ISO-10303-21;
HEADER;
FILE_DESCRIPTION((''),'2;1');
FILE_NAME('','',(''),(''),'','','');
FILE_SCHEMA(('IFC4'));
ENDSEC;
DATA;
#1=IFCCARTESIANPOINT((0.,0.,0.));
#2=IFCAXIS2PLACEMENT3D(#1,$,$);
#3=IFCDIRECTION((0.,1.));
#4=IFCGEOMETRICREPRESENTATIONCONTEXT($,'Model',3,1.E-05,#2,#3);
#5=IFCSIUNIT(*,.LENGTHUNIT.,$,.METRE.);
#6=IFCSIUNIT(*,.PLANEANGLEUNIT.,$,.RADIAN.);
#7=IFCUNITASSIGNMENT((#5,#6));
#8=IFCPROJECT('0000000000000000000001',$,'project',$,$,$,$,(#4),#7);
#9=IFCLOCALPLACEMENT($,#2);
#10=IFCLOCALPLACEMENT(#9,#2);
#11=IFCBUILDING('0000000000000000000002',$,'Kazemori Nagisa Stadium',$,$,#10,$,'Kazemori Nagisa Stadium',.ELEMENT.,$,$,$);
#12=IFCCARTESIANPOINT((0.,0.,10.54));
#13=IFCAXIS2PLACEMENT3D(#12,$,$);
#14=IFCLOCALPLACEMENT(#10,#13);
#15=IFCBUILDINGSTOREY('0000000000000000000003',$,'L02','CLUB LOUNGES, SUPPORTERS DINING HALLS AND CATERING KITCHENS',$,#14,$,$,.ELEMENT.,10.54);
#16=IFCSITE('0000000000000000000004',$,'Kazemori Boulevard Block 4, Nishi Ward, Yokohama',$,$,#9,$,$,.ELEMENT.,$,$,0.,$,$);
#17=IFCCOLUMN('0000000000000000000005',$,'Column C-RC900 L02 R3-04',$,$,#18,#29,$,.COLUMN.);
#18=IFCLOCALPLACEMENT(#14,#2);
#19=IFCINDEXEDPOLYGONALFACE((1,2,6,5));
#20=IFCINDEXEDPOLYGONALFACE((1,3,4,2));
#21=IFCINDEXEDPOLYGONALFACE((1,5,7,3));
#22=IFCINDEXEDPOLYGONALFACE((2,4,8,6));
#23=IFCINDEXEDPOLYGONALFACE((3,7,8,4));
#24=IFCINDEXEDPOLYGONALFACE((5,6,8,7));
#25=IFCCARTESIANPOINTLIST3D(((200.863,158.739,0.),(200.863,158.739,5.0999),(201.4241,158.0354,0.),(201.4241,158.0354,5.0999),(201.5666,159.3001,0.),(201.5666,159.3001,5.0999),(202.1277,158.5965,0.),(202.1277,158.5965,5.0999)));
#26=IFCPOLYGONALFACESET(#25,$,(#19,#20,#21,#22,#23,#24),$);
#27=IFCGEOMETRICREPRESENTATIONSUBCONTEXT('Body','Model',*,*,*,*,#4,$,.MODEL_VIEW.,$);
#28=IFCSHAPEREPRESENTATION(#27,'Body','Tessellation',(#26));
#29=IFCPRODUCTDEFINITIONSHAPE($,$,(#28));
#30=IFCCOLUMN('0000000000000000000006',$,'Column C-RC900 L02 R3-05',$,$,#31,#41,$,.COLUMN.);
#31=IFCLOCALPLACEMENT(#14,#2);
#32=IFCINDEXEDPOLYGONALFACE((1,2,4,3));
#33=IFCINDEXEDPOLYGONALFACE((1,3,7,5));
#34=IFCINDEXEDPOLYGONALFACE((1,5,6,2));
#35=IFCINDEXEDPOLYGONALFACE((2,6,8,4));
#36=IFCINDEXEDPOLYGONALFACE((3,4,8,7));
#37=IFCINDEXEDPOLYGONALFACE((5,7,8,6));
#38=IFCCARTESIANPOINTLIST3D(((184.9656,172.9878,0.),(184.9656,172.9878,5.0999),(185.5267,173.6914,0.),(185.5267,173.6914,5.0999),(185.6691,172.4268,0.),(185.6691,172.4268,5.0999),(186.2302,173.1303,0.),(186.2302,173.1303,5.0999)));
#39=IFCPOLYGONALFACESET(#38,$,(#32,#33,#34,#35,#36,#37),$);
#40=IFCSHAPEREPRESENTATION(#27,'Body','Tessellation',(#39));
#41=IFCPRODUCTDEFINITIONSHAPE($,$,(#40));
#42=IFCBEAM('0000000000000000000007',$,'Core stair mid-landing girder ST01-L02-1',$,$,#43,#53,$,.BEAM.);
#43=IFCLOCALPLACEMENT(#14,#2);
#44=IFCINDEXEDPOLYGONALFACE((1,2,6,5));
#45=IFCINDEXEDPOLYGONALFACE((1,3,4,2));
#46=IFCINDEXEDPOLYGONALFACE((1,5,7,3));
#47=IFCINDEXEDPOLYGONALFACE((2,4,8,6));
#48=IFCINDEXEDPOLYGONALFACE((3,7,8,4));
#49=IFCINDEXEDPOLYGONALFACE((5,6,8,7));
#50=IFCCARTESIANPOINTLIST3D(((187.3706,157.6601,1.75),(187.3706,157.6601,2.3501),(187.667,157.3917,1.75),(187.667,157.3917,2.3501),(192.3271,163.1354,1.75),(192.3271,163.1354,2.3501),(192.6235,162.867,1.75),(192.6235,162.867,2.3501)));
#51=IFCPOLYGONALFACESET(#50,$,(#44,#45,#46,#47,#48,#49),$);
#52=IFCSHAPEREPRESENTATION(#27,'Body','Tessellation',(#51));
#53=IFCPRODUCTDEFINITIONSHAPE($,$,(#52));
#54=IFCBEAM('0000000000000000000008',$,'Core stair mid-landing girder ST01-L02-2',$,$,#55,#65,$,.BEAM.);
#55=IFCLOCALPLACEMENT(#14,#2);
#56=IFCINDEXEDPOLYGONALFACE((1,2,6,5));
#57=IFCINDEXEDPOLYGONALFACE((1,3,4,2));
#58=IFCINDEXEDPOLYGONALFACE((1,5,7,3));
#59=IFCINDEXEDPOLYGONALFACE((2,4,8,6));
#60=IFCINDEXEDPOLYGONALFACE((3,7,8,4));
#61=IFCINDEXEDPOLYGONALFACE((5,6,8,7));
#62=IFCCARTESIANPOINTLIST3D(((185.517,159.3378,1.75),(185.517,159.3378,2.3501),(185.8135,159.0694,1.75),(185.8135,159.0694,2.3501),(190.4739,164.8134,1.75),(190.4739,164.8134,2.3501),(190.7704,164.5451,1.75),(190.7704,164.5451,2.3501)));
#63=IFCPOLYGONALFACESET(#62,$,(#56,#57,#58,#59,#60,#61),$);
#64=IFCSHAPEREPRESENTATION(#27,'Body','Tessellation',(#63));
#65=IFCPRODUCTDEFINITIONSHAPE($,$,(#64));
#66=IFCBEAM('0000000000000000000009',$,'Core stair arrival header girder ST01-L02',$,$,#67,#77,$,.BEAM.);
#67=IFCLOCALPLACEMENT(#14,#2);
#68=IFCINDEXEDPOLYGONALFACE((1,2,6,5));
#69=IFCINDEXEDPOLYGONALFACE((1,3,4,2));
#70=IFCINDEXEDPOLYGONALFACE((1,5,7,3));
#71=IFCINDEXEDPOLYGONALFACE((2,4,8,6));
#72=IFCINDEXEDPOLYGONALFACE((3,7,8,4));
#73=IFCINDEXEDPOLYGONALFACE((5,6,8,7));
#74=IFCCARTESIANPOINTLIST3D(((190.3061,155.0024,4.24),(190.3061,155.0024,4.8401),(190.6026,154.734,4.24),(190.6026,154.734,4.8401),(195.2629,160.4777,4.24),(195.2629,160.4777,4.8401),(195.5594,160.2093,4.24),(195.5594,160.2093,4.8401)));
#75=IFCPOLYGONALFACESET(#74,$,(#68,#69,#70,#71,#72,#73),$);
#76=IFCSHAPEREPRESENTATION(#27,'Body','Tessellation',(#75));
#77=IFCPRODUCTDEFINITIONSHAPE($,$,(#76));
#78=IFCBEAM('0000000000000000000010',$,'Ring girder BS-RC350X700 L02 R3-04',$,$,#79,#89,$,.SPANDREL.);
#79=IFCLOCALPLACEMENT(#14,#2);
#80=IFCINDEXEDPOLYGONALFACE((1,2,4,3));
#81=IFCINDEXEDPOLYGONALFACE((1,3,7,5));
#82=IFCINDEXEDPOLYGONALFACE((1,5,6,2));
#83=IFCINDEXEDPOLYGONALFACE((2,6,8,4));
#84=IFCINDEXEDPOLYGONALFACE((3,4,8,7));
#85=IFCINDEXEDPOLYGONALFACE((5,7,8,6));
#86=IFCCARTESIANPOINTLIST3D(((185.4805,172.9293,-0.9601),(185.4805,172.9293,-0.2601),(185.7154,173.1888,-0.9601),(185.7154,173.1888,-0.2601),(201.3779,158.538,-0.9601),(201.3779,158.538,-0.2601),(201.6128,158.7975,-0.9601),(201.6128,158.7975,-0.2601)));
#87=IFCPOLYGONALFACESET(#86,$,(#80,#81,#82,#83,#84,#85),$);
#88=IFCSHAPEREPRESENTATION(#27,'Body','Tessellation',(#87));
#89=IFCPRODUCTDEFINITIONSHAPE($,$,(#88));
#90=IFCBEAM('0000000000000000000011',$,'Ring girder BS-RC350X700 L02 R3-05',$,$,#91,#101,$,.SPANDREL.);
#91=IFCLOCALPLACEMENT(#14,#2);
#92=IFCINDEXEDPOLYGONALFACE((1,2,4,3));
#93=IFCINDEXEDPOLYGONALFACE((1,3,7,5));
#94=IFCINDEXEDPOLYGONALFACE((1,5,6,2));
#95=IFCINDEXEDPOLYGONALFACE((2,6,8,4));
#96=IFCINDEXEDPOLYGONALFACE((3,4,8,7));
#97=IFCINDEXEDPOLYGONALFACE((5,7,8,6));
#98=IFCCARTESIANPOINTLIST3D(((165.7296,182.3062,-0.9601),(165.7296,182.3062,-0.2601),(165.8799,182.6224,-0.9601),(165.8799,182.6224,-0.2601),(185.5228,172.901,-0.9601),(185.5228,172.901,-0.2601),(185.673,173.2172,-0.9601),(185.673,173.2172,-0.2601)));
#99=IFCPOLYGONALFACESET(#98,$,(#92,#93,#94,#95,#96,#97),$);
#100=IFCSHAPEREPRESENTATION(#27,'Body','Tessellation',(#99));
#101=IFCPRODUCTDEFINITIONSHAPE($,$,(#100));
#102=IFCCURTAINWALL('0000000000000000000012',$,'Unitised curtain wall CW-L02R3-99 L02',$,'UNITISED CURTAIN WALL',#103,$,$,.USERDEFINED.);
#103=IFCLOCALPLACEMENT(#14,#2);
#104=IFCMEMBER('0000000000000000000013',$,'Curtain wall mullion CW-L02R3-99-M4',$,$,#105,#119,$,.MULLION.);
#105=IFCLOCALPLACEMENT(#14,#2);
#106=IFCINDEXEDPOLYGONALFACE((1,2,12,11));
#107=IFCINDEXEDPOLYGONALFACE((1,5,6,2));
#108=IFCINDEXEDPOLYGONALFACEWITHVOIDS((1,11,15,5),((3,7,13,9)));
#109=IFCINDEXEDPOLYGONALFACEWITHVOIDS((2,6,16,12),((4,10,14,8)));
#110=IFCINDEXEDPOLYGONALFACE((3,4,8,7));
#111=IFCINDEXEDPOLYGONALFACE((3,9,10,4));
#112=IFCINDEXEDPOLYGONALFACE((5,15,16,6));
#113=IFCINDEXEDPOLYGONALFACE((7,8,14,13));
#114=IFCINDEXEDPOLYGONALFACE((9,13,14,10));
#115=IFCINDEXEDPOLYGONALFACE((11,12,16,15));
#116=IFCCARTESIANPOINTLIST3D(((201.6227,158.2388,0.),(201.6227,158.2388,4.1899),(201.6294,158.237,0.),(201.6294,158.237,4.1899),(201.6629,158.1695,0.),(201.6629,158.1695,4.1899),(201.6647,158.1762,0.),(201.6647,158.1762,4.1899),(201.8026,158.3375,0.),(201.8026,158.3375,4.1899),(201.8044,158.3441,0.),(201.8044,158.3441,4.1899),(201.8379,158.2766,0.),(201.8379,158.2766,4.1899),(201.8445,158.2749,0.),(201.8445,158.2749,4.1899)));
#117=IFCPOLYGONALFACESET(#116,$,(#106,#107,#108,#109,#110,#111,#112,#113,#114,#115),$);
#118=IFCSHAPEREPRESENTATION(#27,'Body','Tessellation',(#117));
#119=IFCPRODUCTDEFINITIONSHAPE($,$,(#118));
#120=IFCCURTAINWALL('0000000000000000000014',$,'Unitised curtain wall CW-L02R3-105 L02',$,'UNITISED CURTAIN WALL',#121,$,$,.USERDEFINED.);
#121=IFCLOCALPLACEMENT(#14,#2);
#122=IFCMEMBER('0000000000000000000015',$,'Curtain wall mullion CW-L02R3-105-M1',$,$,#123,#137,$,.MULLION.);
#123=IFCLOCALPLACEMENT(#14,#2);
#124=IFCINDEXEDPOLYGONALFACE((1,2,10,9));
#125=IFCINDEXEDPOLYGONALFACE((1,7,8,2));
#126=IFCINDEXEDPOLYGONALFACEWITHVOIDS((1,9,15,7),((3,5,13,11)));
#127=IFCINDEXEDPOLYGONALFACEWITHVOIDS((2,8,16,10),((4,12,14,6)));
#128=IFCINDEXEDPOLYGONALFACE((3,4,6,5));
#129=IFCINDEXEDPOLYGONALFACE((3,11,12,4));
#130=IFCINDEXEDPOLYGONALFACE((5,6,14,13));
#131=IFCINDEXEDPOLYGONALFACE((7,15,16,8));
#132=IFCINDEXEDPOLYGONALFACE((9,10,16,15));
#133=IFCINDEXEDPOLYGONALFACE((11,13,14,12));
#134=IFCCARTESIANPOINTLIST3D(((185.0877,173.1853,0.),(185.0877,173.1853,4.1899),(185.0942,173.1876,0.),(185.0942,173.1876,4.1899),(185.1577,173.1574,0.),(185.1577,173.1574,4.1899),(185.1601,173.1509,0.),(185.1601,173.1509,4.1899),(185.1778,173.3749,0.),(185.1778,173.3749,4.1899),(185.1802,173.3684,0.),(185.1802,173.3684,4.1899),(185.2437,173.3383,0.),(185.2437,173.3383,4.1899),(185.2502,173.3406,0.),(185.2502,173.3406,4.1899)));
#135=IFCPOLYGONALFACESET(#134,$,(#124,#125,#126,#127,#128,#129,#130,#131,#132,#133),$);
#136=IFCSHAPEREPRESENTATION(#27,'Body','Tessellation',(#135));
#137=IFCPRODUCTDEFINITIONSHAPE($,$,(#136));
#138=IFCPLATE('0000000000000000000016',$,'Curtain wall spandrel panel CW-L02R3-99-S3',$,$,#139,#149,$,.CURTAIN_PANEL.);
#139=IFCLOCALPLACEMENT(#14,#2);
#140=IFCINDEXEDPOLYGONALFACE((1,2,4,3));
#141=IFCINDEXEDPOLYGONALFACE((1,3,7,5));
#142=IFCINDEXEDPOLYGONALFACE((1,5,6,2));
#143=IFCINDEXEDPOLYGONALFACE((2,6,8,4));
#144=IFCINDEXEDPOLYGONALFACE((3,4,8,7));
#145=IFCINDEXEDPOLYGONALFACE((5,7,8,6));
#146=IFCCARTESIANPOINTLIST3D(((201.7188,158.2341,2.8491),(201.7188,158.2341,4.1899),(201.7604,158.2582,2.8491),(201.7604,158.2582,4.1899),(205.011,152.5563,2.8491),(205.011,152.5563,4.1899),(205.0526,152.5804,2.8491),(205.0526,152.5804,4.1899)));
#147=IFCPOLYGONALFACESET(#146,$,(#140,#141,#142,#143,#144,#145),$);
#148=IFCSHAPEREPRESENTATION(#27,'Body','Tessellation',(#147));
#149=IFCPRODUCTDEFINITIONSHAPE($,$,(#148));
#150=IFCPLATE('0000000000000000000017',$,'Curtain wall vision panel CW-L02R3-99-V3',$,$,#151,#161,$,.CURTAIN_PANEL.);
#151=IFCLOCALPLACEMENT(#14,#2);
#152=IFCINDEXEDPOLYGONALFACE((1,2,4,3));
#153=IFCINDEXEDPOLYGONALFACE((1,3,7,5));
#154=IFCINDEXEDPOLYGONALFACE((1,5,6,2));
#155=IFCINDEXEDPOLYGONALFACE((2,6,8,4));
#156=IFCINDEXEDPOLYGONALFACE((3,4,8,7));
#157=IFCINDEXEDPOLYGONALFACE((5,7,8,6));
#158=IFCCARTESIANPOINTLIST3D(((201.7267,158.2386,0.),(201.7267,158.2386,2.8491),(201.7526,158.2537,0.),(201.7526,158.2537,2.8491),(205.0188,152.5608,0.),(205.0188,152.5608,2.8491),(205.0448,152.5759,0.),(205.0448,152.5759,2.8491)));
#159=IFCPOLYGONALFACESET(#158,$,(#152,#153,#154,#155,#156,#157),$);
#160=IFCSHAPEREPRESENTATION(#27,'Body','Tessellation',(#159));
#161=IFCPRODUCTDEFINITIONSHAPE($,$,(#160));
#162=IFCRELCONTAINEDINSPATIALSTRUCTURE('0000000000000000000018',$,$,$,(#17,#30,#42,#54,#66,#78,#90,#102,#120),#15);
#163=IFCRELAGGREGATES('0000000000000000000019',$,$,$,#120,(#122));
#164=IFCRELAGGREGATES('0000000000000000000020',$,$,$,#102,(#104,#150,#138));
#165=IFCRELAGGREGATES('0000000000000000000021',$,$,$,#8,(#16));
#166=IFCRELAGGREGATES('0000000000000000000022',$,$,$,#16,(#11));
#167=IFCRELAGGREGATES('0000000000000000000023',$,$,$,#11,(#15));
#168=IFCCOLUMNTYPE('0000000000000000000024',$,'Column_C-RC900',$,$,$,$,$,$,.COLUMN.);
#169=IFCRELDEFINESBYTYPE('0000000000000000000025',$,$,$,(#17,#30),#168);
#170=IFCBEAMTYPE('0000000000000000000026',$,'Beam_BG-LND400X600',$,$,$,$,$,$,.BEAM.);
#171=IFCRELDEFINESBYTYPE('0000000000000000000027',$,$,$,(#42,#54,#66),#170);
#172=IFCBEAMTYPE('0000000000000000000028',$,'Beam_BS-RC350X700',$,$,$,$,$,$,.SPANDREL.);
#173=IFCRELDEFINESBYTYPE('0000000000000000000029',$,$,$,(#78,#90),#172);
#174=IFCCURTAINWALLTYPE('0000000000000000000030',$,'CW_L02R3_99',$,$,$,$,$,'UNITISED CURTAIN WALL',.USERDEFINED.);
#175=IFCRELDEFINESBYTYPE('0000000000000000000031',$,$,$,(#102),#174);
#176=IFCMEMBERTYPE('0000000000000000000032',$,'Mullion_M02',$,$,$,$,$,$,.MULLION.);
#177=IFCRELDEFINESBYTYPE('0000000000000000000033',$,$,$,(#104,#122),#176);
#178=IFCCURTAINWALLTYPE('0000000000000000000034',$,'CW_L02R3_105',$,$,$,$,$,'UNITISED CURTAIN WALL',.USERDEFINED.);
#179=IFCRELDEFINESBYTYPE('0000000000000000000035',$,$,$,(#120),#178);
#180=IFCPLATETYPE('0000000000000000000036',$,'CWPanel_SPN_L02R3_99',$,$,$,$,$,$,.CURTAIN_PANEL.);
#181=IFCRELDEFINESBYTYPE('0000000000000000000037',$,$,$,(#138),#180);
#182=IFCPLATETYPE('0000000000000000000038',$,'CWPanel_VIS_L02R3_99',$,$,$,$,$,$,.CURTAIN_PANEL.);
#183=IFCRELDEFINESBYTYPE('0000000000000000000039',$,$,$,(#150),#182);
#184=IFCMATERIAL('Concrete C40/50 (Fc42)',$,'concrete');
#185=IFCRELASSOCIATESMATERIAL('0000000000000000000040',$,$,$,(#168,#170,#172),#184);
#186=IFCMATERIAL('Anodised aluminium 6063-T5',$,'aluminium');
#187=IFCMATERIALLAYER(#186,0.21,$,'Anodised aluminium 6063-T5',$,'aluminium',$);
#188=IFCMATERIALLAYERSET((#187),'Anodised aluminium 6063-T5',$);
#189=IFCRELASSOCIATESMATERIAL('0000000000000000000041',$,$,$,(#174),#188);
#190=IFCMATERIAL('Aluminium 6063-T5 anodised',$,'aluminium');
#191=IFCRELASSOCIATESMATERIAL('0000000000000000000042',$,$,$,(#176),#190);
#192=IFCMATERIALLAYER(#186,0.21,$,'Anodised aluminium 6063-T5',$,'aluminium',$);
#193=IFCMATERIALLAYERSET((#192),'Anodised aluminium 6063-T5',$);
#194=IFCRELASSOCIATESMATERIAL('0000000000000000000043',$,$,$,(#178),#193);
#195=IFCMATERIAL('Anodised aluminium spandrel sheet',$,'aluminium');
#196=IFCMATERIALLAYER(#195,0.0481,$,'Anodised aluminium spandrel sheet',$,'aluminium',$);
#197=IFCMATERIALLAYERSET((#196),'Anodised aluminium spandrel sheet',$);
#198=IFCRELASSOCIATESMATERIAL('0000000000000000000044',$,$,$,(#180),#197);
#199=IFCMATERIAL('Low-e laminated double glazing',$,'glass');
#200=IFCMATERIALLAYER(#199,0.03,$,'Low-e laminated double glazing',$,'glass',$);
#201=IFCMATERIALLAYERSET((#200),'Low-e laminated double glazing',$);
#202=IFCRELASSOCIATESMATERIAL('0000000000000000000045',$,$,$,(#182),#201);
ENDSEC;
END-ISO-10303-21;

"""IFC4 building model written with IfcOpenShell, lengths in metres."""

from ifc_helpers import new_model, si_unit, direction, frame, origin, origin_2d, place, context, subcontext, project, spatial, rectangle, hollow_rectangle, extrude, material, layer, layer_set, material_profile, profile_set, type_object, element, aggregate, save


model = new_model("IFC4")

# Units and contexts
model_context = context("Model", 3, precision=1e-05, world=origin(), true_north=direction((0.0, 1.0)))
body_context = subcontext(model_context, "Body", "Model", "MODEL_VIEW")
ifc_project = project(units=[si_unit("LENGTHUNIT", "METRE"), si_unit("PLANEANGLEUNIT", "RADIAN")], contexts=[model_context])

# Site, building, storey
site_placement = place(None, origin())
site = spatial("IfcSite", under=ifc_project, at=site_placement, Name="Kazemori Boulevard Block 4, Nishi Ward, Yokohama", CompositionType="ELEMENT", RefElevation=0.0)
building_placement = place(site_placement, origin())
building = spatial("IfcBuilding", under=site, at=building_placement, Name="Kazemori Nagisa Stadium", LongName="Kazemori Nagisa Stadium", CompositionType="ELEMENT")
storey_placement = place(building_placement, frame((0.0, 0.0, 10.54)))
storey = spatial("IfcBuildingStorey", under=building, at=storey_placement, Name="L02", Description="CLUB LOUNGES, SUPPORTERS DINING HALLS AND CATERING KITCHENS", CompositionType="ELEMENT", Elevation=10.54)

# Columns
ifc_material_1 = material(Name="Concrete C40/50 (Fc42)", Category="concrete")
ifc_material_profile_1 = material_profile(ifc_material_1, rectangle(XDim=0.8999, YDim=0.8999, at=origin_2d()), Name="RC-COL-900x900")
ifc_profile_set_1 = profile_set([ifc_material_profile_1], Name="Concrete C40/50 (Fc42)")
column_type = type_object("IfcColumnType", Name="Column_C-RC900", PredefinedType="COLUMN", material=ifc_profile_set_1)
for number, where, z_axis, x_axis, name in (
    (1, (201.4954, 158.6677, 0.0), (0.0, 0.0, 1.0), (0.781831, 0.62349, 0.0), "Column C-RC900 L02 R3-04"),
    (2, (185.5979, 173.0591, 0.0), (0.0, 0.0, 1.0), (0.62349, 0.781831, 0.0), "Column C-RC900 L02 R3-05"),
):
    element("IfcColumn", number, at=place(storey_placement, frame(where, z_axis=z_axis, x_axis=x_axis)), inside=storey, type_object=column_type, Name=name, PredefinedType="COLUMN", context=body_context, shape_type="SweptSolid", body=[
        extrude(rectangle(XDim=0.8999, YDim=0.8999, at=origin_2d()), origin(), (0.0, 0.0, 1.0), 5.0999),
    ])

# Beams
ifc_material_profile_2 = material_profile(ifc_material_1, rectangle(XDim=0.3999, YDim=0.6001, at=origin_2d()), Name="RC-BM-400x600")
ifc_profile_set_2 = profile_set([ifc_material_profile_2], Name="Concrete C40/50 (Fc42)")
beam_type_1 = type_object("IfcBeamType", Name="Beam_BG-LND400X600", PredefinedType="BEAM", material=ifc_profile_set_2)
beam_1_placement = place(storey_placement, frame((187.5188, 157.5259, 2.05), z_axis=(0.671112, 0.741356, 0.0), x_axis=(-0.741356, 0.671112, 0.0)))
element("IfcBeam", 3, at=beam_1_placement, inside=storey, type_object=beam_type_1, Name="Core stair mid-landing girder ST01-L02-1", PredefinedType="BEAM", context=body_context, shape_type="SweptSolid", body=[
    extrude(rectangle(XDim=0.3999, YDim=0.6001, at=origin_2d()), origin(), (0.0, 0.0, 1.0), 7.3855),
])
beam_2_placement = place(storey_placement, frame((185.6653, 159.2036, 2.05), z_axis=(0.671113, 0.741355, 0.0), x_axis=(-0.741355, 0.671113, 0.0)))
element("IfcBeam", 4, at=beam_2_placement, inside=storey, type_object=beam_type_1, Name="Core stair mid-landing girder ST01-L02-2", PredefinedType="BEAM", context=body_context, shape_type="SweptSolid", body=[
    extrude(rectangle(XDim=0.3999, YDim=0.6001, at=origin_2d()), origin(), (0.0, 0.0, 1.0), 7.386),
])
beam_3_placement = place(storey_placement, frame((190.4543, 154.8682, 4.54), z_axis=(0.67113, 0.74134, 0.0), x_axis=(-0.74134, 0.67113, 0.0)))
element("IfcBeam", 5, at=beam_3_placement, inside=storey, type_object=beam_type_1, Name="Core stair arrival header girder ST01-L02", PredefinedType="BEAM", context=body_context, shape_type="SweptSolid", body=[
    extrude(rectangle(XDim=0.3999, YDim=0.6001, at=origin_2d()), origin(), (0.0, 0.0, 1.0), 7.3857),
])
ifc_material_profile_3 = material_profile(ifc_material_1, rectangle(XDim=0.3501, YDim=0.7, at=origin_2d()), Name="RC-SP-350x700")
ifc_profile_set_3 = profile_set([ifc_material_profile_3], Name="Concrete C40/50 (Fc42)")
beam_type_2 = type_object("IfcBeamType", Name="Beam_BS-RC350X700", PredefinedType="SPANDREL", material=ifc_profile_set_3)
beam_4_placement = place(storey_placement, frame((201.4954, 158.6677, -0.6101), z_axis=(-0.741352, 0.671117, 0.0), x_axis=(-0.671117, -0.741352, 0.0)))
element("IfcBeam", 6, at=beam_4_placement, inside=storey, type_object=beam_type_2, Name="Ring girder BS-RC350X700 L02 R3-04", PredefinedType="SPANDREL", context=body_context, shape_type="SweptSolid", body=[
    extrude(rectangle(XDim=0.3501, YDim=0.7, at=origin_2d()), origin(), (0.0, 0.0, 1.0), 21.4438),
])
beam_5_placement = place(storey_placement, frame((185.5979, 173.0591, -0.6101), z_axis=(-0.903216, 0.429187, 0.0), x_axis=(-0.429187, -0.903216, 0.0)))
element("IfcBeam", 7, at=beam_5_placement, inside=storey, type_object=beam_type_2, Name="Ring girder BS-RC350X700 L02 R3-05", PredefinedType="SPANDREL", context=body_context, shape_type="SweptSolid", body=[
    extrude(rectangle(XDim=0.3501, YDim=0.7, at=origin_2d()), origin(), (0.0, 0.0, 1.0), 21.9141),
])

# Curtain walls, members
ifc_material_2 = material(Name="Anodised aluminium 6063-T5", Category="aluminium")
ifc_layer_1 = layer(ifc_material_2, 0.21, Name="Anodised aluminium 6063-T5", Category="aluminium")
ifc_layer_set_1 = layer_set([ifc_layer_1], Name="Anodised aluminium 6063-T5")
curtain_wall_type_1 = type_object("IfcCurtainWallType", Name="CW_L02R3_99", ElementType="UNITISED CURTAIN WALL", PredefinedType="USERDEFINED", material=ifc_layer_set_1)
curtain_wall_1_placement = place(storey_placement, origin())
curtain_wall_1 = element("IfcCurtainWall", 8, at=curtain_wall_1_placement, inside=storey, type_object=curtain_wall_type_1, Name="Unitised curtain wall CW-L02R3-99 L02", ObjectType="UNITISED CURTAIN WALL", PredefinedType="USERDEFINED")
ifc_material_3 = material(Name="Aluminium 6063-T5 anodised", Category="aluminium")
ifc_material_profile_4 = material_profile(ifc_material_3, hollow_rectangle(XDim=0.0801, YDim=0.21, WallThickness=0.0049, at=origin_2d()), Name="ALU-MULL-80x210x5")
ifc_profile_set_4 = profile_set([ifc_material_profile_4], Name="Aluminium 6063-T5 anodised")
member_type = type_object("IfcMemberType", Name="Mullion_M02", PredefinedType="MULLION", material=ifc_profile_set_4)
member_1_placement = place(storey_placement, frame((201.7336, 158.2568, 0.0), z_axis=(0.0, 0.0, 1.0), x_axis=(-0.501612, 0.865093, 0.0)))
member_1 = element("IfcMember", 9, at=member_1_placement, type_object=member_type, Name="Curtain wall mullion CW-L02R3-99-M4", PredefinedType="MULLION", context=body_context, shape_type="SweptSolid", body=[
    extrude(hollow_rectangle(XDim=0.0801, YDim=0.21, WallThickness=0.0049, at=origin_2d()), origin(), (0.0, 0.0, 1.0), 4.1899),
])
ifc_layer_2 = layer(ifc_material_2, 0.21, Name="Anodised aluminium 6063-T5", Category="aluminium")
ifc_layer_set_2 = layer_set([ifc_layer_2], Name="Anodised aluminium 6063-T5")
curtain_wall_type_2 = type_object("IfcCurtainWallType", Name="CW_L02R3_105", ElementType="UNITISED CURTAIN WALL", PredefinedType="USERDEFINED", material=ifc_layer_set_2)
curtain_wall_2_placement = place(storey_placement, origin())
curtain_wall_2 = element("IfcCurtainWall", 10, at=curtain_wall_2_placement, inside=storey, type_object=curtain_wall_type_2, Name="Unitised curtain wall CW-L02R3-105 L02", ObjectType="UNITISED CURTAIN WALL", PredefinedType="USERDEFINED")
member_2_placement = place(storey_placement, frame((185.1689, 173.2629, 0.0), z_axis=(0.0, 0.0, 1.0), x_axis=(-0.903216, 0.429186, 0.0)))
member_2 = element("IfcMember", 11, at=member_2_placement, type_object=member_type, Name="Curtain wall mullion CW-L02R3-105-M1", PredefinedType="MULLION", context=body_context, shape_type="SweptSolid", body=[
    extrude(hollow_rectangle(XDim=0.0801, YDim=0.21, WallThickness=0.0049, at=origin_2d()), origin(), (0.0, 0.0, 1.0), 4.1899),
])
aggregate(curtain_wall_2, [member_2])

# Plates
ifc_material_4 = material(Name="Anodised aluminium spandrel sheet", Category="aluminium")
ifc_layer_3 = layer(ifc_material_4, 0.0481, Name="Anodised aluminium spandrel sheet", Category="aluminium")
ifc_layer_set_3 = layer_set([ifc_layer_3], Name="Anodised aluminium spandrel sheet")
plate_type_1 = type_object("IfcPlateType", Name="CWPanel_SPN_L02R3_99", PredefinedType="CURTAIN_PANEL", material=ifc_layer_set_3)
plate_1_placement = place(storey_placement, frame((203.3857, 155.4072, 2.8491), z_axis=(0.0, 0.0, 1.0), x_axis=(-0.501612, 0.865093, 0.0)))
plate_1 = element("IfcPlate", 12, at=plate_1_placement, type_object=plate_type_1, Name="Curtain wall spandrel panel CW-L02R3-99-S3", PredefinedType="CURTAIN_PANEL", context=body_context, shape_type="SweptSolid", body=[
    extrude(rectangle(XDim=6.5632, YDim=0.0481, at=origin_2d()), origin(), (0.0, 0.0, 1.0), 1.3408),
])
ifc_material_5 = material(Name="Low-e laminated double glazing", Category="glass")
ifc_layer_4 = layer(ifc_material_5, 0.03, Name="Low-e laminated double glazing", Category="glass")
ifc_layer_set_4 = layer_set([ifc_layer_4], Name="Low-e laminated double glazing")
plate_type_2 = type_object("IfcPlateType", Name="CWPanel_VIS_L02R3_99", PredefinedType="CURTAIN_PANEL", material=ifc_layer_set_4)
plate_2_placement = place(storey_placement, frame((203.3857, 155.4072, 0.0), z_axis=(0.0, 0.0, 1.0), x_axis=(-0.501612, 0.865093, 0.0)))
plate_2 = element("IfcPlate", 13, at=plate_2_placement, type_object=plate_type_2, Name="Curtain wall vision panel CW-L02R3-99-V3", PredefinedType="CURTAIN_PANEL", context=body_context, shape_type="SweptSolid", body=[
    extrude(rectangle(XDim=6.5632, YDim=0.03, at=origin_2d()), origin(), (0.0, 0.0, 1.0), 2.8491),
])
aggregate(curtain_wall_1, [member_1, plate_2, plate_1])

save(model, "model.ifc")
